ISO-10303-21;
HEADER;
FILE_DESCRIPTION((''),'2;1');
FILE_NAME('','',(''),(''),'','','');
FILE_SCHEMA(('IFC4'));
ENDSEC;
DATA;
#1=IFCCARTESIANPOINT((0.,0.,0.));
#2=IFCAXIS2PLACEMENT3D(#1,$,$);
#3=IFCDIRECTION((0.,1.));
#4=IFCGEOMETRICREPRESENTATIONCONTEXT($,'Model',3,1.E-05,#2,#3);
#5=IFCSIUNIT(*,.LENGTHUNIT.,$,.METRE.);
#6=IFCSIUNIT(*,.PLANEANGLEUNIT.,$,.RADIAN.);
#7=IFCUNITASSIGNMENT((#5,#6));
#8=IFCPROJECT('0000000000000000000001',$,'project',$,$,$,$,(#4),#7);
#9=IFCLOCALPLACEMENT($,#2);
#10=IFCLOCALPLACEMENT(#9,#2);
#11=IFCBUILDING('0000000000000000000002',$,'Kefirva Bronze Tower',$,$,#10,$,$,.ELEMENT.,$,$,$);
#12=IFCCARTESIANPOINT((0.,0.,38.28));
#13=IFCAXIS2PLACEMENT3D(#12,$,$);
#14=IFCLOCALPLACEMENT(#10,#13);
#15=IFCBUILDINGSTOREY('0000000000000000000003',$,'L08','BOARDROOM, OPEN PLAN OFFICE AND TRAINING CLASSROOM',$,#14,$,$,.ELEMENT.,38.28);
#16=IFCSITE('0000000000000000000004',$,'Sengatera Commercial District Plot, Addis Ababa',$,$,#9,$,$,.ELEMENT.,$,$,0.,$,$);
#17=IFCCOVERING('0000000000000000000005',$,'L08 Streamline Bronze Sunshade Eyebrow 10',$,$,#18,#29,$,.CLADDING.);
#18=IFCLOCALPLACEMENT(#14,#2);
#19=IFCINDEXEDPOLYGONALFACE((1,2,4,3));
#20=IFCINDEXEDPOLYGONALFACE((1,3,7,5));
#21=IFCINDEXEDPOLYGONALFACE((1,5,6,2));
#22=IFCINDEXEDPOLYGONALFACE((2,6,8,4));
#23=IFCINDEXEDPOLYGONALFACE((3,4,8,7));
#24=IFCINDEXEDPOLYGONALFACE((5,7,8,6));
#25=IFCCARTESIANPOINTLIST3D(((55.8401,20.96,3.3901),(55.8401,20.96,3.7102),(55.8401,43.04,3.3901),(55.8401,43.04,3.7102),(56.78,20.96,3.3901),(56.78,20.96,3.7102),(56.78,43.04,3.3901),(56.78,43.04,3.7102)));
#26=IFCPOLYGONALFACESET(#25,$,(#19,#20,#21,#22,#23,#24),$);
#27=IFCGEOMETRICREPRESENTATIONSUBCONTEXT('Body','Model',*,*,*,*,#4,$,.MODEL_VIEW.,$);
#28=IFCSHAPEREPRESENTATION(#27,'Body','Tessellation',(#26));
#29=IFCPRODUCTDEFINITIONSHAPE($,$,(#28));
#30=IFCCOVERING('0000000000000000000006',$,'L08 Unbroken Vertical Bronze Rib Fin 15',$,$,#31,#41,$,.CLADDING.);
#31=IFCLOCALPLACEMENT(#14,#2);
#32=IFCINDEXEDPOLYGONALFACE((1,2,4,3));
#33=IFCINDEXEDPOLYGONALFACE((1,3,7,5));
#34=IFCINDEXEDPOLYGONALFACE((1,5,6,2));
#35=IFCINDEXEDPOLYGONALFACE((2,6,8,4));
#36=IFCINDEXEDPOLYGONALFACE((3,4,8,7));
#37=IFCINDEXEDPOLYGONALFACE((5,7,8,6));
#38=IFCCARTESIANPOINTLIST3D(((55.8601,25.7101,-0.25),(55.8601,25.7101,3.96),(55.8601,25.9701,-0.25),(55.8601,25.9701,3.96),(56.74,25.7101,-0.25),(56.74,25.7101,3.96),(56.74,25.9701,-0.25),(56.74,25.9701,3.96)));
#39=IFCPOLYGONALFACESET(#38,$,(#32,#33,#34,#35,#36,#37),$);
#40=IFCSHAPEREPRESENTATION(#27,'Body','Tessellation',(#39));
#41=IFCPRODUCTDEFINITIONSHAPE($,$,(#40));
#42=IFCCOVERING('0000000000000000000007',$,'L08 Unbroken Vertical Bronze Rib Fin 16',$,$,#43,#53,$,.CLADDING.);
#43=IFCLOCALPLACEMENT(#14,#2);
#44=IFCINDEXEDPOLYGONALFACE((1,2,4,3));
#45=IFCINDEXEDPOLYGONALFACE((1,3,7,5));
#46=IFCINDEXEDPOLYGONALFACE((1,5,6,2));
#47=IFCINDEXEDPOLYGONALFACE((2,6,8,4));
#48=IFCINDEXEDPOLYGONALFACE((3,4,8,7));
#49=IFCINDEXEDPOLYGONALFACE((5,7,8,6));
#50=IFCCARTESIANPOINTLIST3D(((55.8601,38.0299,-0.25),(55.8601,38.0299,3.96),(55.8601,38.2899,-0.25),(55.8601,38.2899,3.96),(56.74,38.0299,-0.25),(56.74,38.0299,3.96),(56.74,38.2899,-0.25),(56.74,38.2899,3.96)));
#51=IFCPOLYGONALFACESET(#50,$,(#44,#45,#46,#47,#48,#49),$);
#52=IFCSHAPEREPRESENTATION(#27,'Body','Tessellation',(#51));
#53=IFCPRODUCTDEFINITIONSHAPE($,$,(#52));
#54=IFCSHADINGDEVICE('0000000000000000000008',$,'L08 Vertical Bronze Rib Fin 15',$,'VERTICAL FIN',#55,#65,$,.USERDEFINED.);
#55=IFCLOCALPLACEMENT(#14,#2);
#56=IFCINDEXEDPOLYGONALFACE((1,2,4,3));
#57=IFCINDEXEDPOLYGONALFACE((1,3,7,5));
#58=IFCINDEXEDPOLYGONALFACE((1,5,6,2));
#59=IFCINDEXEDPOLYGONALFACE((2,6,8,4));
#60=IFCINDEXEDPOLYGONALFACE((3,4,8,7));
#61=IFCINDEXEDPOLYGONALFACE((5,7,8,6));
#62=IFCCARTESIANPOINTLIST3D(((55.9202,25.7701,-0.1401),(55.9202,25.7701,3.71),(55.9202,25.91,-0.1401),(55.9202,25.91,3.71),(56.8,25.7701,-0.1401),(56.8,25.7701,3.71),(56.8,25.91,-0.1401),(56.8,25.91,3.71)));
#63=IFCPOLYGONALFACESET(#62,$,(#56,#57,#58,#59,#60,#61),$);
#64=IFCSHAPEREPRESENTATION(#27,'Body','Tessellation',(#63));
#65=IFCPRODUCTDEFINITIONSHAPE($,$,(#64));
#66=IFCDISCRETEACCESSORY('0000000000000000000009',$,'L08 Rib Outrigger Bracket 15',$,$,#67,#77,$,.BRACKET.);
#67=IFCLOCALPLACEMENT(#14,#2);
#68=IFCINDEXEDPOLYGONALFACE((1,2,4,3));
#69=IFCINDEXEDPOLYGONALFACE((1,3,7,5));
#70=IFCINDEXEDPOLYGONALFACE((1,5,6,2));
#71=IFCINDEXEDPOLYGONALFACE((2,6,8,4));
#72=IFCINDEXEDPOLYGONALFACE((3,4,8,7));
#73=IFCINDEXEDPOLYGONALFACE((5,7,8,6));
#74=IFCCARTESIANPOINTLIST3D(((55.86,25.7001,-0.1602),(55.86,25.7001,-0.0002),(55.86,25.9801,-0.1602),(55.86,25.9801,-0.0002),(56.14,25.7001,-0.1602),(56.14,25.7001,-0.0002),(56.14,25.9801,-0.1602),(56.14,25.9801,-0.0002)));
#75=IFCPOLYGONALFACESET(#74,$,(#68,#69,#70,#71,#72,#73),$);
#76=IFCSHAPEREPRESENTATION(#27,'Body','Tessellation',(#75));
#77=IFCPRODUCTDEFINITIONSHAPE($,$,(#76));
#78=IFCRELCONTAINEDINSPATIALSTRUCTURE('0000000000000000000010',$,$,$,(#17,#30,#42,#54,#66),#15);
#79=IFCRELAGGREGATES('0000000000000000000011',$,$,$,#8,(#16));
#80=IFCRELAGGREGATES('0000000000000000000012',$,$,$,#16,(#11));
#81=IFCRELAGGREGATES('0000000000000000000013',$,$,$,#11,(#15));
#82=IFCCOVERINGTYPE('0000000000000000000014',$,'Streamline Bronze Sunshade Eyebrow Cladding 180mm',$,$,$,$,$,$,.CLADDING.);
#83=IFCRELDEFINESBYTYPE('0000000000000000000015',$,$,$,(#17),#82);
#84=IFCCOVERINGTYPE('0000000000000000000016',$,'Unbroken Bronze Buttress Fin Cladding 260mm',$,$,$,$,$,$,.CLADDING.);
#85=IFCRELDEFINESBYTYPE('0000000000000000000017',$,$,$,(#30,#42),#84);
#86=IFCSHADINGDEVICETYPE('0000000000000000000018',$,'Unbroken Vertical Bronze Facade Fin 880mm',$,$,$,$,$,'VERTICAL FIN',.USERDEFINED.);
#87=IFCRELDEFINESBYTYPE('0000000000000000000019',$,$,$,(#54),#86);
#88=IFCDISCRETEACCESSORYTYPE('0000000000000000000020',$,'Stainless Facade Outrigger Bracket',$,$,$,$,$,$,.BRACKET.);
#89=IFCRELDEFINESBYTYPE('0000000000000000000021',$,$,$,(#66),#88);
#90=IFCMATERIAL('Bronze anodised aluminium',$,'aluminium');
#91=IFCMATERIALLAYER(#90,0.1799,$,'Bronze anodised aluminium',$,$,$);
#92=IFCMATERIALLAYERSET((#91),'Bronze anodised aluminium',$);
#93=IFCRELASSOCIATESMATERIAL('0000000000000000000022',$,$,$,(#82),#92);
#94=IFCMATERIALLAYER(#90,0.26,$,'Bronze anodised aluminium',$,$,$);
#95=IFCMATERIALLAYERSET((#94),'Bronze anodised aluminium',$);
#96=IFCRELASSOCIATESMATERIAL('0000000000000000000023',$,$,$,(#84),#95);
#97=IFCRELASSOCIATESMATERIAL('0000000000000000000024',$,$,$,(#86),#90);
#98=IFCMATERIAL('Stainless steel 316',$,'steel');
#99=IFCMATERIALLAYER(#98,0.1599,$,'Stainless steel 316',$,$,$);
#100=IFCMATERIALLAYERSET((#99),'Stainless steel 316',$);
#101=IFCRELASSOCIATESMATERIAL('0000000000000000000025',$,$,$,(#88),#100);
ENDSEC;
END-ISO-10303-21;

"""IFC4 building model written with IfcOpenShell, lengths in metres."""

from ifc_helpers import new_model, si_unit, direction, frame, origin, origin_2d, place, context, subcontext, project, spatial, rectangle, extrude, material, layer, layer_set, material_profile, profile_set, type_object, element, save


model = new_model("IFC4")

# Units and contexts
model_context = context("Model", 3, precision=1e-05, world=origin(), true_north=direction((0.0, 1.0)))
body_context = subcontext(model_context, "Body", "Model", "MODEL_VIEW")
ifc_project = project(units=[si_unit("LENGTHUNIT", "METRE"), si_unit("PLANEANGLEUNIT", "RADIAN")], contexts=[model_context])

# Site, building, storey
site_placement = place(None, origin())
site = spatial("IfcSite", under=ifc_project, at=site_placement, Name="Sengatera Commercial District Plot, Addis Ababa", CompositionType="ELEMENT", RefElevation=0.0)
building_placement = place(site_placement, origin())
building = spatial("IfcBuilding", under=site, at=building_placement, Name="Kefirva Bronze Tower", CompositionType="ELEMENT")
storey_placement = place(building_placement, frame((0.0, 0.0, 38.28)))
storey = spatial("IfcBuildingStorey", under=building, at=storey_placement, Name="L08", Description="BOARDROOM, OPEN PLAN OFFICE AND TRAINING CLASSROOM", CompositionType="ELEMENT", Elevation=38.28)

# Shared definitions
ifc_material_1 = material(Name="Bronze anodised aluminium", Category="aluminium")

# Coverings
ifc_layer_1 = layer(ifc_material_1, 0.1799, Name="Bronze anodised aluminium")
ifc_layer_set_1 = layer_set([ifc_layer_1], Name="Bronze anodised aluminium")
covering_type_1 = type_object("IfcCoveringType", Name="Streamline Bronze Sunshade Eyebrow Cladding 180mm", PredefinedType="CLADDING", material=ifc_layer_set_1)
covering_1_placement = place(storey_placement, frame((56.3101, 32.0, 3.3901), z_axis=(0.0, 0.0, 1.0), x_axis=(0.0, 1.0, 0.0)))
element("IfcCovering", 1, at=covering_1_placement, inside=storey, type_object=covering_type_1, Name="L08 Streamline Bronze Sunshade Eyebrow 10", PredefinedType="CLADDING", context=body_context, shape_type="SweptSolid", body=[
    extrude(rectangle(XDim=22.0801, YDim=0.9399, at=origin_2d()), origin(), (0.0, 0.0, 1.0), 0.3201),
])
ifc_layer_2 = layer(ifc_material_1, 0.26, Name="Bronze anodised aluminium")
ifc_layer_set_2 = layer_set([ifc_layer_2], Name="Bronze anodised aluminium")
covering_type_2 = type_object("IfcCoveringType", Name="Unbroken Bronze Buttress Fin Cladding 260mm", PredefinedType="CLADDING", material=ifc_layer_set_2)
for number, where, z_axis, x_axis, name in (
    (2, (56.3, 25.8401, -0.25), (0.0, 0.0, 1.0), (0.0, 1.0, 0.0), "L08 Unbroken Vertical Bronze Rib Fin 15"),
    (3, (56.3, 38.1599, -0.25), (0.0, 0.0, 1.0), (0.0, 1.0, 0.0), "L08 Unbroken Vertical Bronze Rib Fin 16"),
):
    element("IfcCovering", number, at=place(storey_placement, frame(where, z_axis=z_axis, x_axis=x_axis)), inside=storey, type_object=covering_type_2, Name=name, PredefinedType="CLADDING", context=body_context, shape_type="SweptSolid", body=[
        extrude(rectangle(XDim=0.26, YDim=0.8799, at=origin_2d()), origin(), (0.0, 0.0, 1.0), 4.21),
    ])

# Shading device
ifc_material_profile_1 = material_profile(ifc_material_1, rectangle(XDim=0.1399, YDim=0.8799, at=origin_2d()), Name="BRONZE FIN 140x880")
ifc_profile_set_1 = profile_set([ifc_material_profile_1], Name="Bronze anodised aluminium")
shading_device_type = type_object("IfcShadingDeviceType", Name="Unbroken Vertical Bronze Facade Fin 880mm", ElementType="VERTICAL FIN", PredefinedType="USERDEFINED", material=ifc_profile_set_1)
shading_device_placement = place(storey_placement, frame((56.3601, 25.8401, -0.1401), z_axis=(0.0, 0.0, 1.0), x_axis=(0.0, 1.0, 0.0)))
element("IfcShadingDevice", 4, at=shading_device_placement, inside=storey, type_object=shading_device_type, Name="L08 Vertical Bronze Rib Fin 15", ObjectType="VERTICAL FIN", PredefinedType="USERDEFINED", context=body_context, shape_type="SweptSolid", body=[
    extrude(rectangle(XDim=0.1399, YDim=0.8799, at=origin_2d()), origin(), (0.0, 0.0, 1.0), 3.8501),
])

# Discrete accessory
ifc_material_2 = material(Name="Stainless steel 316", Category="steel")
ifc_layer_3 = layer(ifc_material_2, 0.1599, Name="Stainless steel 316")
ifc_layer_set_3 = layer_set([ifc_layer_3], Name="Stainless steel 316")
discrete_accessory_type = type_object("IfcDiscreteAccessoryType", Name="Stainless Facade Outrigger Bracket", PredefinedType="BRACKET", material=ifc_layer_set_3)
discrete_accessory_placement = place(storey_placement, frame((56.0, 25.8401, -0.1602), z_axis=(0.0, 0.0, 1.0), x_axis=(0.0, 1.0, 0.0)))
element("IfcDiscreteAccessory", 5, at=discrete_accessory_placement, inside=storey, type_object=discrete_accessory_type, Name="L08 Rib Outrigger Bracket 15", PredefinedType="BRACKET", context=body_context, shape_type="SweptSolid", body=[
    extrude(rectangle(XDim=0.28, YDim=0.28, at=origin_2d()), origin(), (0.0, 0.0, 1.0), 0.1599),
])

save(model, "model.ifc")
